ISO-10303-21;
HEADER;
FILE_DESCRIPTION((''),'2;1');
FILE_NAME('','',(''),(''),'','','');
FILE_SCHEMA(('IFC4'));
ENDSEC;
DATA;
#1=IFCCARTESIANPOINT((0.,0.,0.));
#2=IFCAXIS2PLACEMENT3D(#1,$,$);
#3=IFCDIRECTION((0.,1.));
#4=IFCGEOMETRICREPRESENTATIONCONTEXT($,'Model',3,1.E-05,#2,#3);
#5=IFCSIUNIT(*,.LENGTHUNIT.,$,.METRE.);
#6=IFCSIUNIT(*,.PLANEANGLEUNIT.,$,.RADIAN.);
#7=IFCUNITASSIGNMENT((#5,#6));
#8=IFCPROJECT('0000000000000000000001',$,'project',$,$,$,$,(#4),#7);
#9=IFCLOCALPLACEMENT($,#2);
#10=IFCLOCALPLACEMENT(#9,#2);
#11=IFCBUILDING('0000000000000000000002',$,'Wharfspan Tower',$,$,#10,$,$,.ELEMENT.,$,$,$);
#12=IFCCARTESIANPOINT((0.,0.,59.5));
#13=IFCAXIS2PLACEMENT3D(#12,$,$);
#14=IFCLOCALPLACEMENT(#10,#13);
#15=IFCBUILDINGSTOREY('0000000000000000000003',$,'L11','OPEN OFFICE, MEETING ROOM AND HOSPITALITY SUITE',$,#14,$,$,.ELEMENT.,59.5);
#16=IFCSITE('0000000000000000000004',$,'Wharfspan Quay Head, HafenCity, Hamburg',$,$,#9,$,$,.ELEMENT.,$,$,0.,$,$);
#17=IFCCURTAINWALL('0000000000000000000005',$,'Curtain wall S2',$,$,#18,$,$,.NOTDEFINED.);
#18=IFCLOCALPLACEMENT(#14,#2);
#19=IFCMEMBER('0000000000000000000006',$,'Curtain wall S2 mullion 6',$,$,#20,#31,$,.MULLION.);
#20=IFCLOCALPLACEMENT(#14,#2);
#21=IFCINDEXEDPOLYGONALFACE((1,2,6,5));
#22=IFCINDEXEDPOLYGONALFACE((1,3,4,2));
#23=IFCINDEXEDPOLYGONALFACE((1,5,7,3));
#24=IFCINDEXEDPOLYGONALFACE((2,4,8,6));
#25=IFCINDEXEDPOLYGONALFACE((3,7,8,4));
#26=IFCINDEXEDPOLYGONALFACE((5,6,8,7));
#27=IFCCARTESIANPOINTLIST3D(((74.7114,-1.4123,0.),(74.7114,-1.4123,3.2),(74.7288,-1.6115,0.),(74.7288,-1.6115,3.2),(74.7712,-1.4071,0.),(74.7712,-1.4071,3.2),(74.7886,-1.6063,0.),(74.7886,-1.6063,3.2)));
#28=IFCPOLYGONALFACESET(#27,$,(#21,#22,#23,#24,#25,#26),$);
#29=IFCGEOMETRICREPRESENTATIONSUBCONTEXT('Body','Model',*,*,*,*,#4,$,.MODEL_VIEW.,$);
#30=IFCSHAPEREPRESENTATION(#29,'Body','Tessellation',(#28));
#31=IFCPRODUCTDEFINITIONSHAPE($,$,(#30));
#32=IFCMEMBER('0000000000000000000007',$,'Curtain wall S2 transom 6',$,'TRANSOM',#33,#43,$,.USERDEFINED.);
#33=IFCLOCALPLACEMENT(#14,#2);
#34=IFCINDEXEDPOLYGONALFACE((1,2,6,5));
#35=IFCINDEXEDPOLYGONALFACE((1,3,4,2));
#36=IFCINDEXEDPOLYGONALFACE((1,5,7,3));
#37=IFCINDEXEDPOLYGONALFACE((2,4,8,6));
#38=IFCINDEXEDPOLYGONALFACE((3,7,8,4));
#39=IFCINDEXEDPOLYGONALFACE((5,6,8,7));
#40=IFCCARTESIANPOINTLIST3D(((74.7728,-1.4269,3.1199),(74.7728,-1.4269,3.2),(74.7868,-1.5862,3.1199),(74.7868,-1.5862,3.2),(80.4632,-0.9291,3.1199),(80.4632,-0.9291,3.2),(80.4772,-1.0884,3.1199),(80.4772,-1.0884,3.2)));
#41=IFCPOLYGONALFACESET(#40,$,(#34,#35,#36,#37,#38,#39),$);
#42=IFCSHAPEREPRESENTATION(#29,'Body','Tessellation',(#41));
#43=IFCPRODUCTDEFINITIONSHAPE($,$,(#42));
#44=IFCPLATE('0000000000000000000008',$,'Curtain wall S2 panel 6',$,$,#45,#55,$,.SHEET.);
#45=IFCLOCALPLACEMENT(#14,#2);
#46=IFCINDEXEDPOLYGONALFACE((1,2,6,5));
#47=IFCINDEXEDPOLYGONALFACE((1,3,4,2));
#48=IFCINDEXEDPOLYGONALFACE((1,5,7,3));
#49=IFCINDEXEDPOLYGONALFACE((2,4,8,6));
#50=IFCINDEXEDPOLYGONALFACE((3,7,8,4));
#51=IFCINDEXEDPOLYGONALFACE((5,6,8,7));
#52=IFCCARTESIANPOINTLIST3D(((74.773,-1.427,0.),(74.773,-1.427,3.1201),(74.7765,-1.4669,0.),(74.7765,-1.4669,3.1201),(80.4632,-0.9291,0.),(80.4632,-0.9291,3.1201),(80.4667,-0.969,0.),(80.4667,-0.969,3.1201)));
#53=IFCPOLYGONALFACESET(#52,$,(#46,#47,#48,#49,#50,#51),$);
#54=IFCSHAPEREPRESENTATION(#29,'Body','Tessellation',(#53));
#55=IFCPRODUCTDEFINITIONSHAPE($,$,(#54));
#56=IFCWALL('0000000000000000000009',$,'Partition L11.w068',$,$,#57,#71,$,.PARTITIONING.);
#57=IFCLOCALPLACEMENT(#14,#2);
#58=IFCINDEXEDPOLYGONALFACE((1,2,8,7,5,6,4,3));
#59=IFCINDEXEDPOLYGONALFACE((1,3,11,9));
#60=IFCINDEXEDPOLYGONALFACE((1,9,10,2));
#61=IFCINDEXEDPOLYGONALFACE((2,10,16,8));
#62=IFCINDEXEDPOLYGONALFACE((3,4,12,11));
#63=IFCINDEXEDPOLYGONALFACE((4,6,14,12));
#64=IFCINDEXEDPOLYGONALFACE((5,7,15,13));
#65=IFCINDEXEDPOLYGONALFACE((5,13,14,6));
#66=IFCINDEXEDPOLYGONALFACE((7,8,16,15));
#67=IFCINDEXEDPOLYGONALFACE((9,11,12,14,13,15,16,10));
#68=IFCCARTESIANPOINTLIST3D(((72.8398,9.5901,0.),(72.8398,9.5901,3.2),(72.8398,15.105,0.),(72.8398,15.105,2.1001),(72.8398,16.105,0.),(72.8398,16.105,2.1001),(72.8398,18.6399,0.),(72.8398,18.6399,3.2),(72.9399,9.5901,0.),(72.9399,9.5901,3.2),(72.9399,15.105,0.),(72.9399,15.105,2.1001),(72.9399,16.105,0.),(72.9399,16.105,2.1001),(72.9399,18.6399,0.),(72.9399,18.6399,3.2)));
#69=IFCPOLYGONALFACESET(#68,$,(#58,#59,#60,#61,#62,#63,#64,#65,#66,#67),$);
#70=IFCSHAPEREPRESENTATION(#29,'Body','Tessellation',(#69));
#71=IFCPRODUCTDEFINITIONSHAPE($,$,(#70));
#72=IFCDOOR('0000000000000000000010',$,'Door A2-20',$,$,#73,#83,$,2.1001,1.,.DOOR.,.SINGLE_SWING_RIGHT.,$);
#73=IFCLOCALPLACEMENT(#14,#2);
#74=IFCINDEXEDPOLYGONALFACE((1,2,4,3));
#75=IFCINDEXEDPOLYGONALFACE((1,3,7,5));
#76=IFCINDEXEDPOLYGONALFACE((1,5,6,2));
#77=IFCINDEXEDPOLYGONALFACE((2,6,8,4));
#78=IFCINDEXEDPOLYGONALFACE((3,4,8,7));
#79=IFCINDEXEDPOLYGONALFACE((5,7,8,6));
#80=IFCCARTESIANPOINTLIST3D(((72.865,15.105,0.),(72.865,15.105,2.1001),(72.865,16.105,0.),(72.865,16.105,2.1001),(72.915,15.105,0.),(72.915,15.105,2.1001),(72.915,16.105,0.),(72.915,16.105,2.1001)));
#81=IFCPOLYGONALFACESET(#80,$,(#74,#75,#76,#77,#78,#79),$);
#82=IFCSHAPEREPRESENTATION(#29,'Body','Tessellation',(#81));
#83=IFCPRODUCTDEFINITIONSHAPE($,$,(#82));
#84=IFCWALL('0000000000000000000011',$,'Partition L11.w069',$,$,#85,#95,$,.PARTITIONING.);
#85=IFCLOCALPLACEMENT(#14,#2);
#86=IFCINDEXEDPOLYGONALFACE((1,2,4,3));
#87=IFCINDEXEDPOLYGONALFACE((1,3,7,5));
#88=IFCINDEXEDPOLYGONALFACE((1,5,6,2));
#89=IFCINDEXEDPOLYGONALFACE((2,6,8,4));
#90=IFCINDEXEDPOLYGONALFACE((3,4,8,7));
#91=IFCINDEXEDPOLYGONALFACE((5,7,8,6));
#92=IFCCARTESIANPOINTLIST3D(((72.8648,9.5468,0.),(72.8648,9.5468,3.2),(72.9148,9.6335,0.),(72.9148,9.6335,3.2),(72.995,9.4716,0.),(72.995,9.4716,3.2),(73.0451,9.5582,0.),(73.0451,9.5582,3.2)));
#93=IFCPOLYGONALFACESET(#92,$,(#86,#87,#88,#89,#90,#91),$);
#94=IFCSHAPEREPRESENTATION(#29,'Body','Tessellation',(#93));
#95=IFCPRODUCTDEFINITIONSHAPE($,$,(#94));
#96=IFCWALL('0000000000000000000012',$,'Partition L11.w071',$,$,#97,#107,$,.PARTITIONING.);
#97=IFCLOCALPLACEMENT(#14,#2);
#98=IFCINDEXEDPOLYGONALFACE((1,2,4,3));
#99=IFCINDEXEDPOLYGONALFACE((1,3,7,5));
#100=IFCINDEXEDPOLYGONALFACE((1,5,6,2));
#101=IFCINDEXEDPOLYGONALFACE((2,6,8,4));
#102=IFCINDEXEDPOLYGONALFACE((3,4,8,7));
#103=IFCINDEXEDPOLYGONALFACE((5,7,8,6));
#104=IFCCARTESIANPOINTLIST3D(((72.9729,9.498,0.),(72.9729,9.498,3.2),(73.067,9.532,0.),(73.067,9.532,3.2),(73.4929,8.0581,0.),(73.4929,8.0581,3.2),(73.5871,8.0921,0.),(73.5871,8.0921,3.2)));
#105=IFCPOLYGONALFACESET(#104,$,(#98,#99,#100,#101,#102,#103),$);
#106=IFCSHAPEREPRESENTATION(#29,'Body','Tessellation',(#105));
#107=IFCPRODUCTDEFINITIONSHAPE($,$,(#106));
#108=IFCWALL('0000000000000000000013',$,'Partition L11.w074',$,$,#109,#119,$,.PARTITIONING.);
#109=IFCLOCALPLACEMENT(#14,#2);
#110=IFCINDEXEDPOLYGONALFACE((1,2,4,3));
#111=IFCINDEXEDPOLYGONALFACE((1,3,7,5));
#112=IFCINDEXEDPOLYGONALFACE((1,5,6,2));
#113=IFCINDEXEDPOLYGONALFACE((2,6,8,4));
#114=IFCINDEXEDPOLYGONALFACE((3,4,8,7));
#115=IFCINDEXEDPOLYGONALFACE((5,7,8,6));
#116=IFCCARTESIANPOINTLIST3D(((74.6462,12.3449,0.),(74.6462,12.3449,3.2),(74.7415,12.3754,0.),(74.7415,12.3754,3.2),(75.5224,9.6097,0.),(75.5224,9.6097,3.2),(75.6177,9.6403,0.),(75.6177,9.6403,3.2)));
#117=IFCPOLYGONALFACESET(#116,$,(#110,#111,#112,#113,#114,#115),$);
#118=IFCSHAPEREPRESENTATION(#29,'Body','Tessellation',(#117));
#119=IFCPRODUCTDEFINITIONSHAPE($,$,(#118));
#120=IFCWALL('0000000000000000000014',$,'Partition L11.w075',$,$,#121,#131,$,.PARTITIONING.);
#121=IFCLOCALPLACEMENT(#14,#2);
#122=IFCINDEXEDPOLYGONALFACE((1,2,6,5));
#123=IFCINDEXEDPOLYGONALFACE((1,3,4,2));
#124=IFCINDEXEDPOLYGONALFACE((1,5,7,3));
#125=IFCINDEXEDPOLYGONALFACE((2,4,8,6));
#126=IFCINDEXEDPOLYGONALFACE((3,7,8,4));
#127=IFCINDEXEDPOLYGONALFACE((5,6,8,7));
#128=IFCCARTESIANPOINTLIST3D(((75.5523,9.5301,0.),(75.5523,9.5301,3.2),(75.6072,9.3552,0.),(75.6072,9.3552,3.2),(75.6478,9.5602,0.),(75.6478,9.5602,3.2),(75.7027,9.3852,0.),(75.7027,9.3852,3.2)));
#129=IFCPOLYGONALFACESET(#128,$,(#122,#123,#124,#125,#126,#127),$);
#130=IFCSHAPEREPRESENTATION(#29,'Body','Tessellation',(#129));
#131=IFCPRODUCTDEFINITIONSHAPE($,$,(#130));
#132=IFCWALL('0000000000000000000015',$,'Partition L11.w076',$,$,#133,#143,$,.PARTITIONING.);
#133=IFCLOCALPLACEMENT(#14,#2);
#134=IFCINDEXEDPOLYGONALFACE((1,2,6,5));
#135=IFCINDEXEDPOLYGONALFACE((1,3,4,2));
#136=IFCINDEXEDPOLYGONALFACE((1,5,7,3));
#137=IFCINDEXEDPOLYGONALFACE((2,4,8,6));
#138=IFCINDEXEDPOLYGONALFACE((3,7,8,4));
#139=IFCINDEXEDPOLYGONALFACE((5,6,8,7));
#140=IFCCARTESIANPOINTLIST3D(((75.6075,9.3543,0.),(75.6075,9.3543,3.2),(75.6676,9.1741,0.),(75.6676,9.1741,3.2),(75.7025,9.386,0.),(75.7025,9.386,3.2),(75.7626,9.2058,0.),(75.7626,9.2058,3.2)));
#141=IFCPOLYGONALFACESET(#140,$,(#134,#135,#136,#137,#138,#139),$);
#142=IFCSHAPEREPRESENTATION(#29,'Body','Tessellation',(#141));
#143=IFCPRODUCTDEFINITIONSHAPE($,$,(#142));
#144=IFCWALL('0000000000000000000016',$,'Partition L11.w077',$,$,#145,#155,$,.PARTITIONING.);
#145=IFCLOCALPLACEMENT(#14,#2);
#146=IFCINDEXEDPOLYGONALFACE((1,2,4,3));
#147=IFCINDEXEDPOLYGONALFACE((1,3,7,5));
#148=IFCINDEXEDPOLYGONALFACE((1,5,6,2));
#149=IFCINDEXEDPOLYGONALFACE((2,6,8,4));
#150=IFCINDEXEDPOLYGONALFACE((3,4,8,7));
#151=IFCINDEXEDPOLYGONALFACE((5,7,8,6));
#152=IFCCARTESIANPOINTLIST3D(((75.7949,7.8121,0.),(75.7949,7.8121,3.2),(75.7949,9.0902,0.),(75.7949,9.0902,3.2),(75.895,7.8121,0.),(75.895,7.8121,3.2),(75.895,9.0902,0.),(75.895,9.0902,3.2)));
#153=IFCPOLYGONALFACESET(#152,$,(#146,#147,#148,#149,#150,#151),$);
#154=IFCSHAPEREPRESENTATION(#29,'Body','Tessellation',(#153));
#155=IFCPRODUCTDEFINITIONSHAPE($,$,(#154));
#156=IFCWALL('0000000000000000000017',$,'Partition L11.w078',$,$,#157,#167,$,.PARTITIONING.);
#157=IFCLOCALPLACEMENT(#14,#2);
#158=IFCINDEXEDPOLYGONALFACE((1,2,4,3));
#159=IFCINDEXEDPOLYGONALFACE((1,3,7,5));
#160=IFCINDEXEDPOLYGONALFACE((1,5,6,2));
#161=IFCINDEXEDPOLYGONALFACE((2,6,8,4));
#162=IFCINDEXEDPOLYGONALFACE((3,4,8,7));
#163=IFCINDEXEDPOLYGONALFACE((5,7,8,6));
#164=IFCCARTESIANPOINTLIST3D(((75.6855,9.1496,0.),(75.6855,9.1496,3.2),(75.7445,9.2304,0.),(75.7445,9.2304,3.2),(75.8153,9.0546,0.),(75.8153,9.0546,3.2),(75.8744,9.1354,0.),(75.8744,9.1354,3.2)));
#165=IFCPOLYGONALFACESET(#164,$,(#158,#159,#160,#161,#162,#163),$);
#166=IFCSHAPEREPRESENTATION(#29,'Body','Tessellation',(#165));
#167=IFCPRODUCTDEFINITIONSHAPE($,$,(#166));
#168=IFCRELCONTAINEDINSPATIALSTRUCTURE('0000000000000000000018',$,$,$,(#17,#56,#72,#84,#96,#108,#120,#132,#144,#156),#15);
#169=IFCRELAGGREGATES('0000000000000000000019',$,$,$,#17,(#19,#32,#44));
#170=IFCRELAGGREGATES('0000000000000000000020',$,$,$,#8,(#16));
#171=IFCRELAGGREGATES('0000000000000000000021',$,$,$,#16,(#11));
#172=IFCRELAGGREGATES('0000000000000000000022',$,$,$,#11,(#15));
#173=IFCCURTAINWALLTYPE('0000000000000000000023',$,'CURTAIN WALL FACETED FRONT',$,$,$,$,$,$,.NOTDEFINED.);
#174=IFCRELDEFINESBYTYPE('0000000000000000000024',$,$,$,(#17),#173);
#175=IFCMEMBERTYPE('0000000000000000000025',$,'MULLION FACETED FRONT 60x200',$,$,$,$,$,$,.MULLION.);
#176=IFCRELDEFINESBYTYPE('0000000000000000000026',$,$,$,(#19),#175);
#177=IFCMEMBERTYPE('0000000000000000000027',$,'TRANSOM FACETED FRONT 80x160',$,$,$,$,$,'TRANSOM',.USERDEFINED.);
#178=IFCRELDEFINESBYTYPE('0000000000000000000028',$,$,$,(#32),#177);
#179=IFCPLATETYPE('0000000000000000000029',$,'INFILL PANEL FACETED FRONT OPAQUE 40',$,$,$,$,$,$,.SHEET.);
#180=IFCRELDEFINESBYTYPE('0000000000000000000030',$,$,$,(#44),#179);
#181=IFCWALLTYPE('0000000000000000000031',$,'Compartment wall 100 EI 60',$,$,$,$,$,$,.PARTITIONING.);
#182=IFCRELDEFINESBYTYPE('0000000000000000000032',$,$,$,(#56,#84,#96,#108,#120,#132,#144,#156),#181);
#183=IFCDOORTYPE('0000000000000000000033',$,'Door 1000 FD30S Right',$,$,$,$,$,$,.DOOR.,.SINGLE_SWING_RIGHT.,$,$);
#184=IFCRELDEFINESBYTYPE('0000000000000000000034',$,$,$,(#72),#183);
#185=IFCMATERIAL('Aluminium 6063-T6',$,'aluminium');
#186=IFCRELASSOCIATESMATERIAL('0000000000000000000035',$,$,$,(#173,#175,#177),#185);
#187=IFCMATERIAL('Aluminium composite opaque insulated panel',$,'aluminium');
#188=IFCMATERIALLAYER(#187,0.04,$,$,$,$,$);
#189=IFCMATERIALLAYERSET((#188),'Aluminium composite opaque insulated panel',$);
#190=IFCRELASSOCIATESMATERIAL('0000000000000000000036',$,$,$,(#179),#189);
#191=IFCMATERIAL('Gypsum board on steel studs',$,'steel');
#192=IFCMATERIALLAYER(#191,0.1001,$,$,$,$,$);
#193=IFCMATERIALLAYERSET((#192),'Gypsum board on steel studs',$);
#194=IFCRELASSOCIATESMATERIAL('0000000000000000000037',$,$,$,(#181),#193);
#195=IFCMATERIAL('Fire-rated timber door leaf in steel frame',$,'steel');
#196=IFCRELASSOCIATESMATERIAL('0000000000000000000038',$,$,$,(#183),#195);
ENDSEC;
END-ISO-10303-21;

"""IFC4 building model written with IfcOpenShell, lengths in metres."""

from ifc_helpers import new_model, si_unit, direction, frame, frame_2d, origin, origin_2d, place, context, subcontext, project, spatial, rectangle, extrude, material, layer, layer_set, material_profile, profile_set, type_object, element, fill, aggregate, save


model = new_model("IFC4")

# Units and contexts
model_context = context("Model", 3, precision=1e-05, world=origin(), true_north=direction((0.0, 1.0)))
body_context = subcontext(model_context, "Body", "Model", "MODEL_VIEW")
ifc_project = project(units=[si_unit("LENGTHUNIT", "METRE"), si_unit("PLANEANGLEUNIT", "RADIAN")], contexts=[model_context])

# Site, building, storey
site_placement = place(None, origin())
site = spatial("IfcSite", under=ifc_project, at=site_placement, Name="Wharfspan Quay Head, HafenCity, Hamburg", CompositionType="ELEMENT", RefElevation=0.0)
building_placement = place(site_placement, origin())
building = spatial("IfcBuilding", under=site, at=building_placement, Name="Wharfspan Tower", CompositionType="ELEMENT")
storey_placement = place(building_placement, frame((0.0, 0.0, 59.5)))
storey = spatial("IfcBuildingStorey", under=building, at=storey_placement, Name="L11", Description="OPEN OFFICE, MEETING ROOM AND HOSPITALITY SUITE", CompositionType="ELEMENT", Elevation=59.5)

# Curtain wall, members, plate
ifc_material_1 = material(Name="Aluminium 6063-T6", Category="aluminium")
curtain_wall_type = type_object("IfcCurtainWallType", Name="CURTAIN WALL FACETED FRONT", PredefinedType="NOTDEFINED", material=ifc_material_1)
curtain_wall_placement = place(storey_placement, origin())
curtain_wall = element("IfcCurtainWall", 1, at=curtain_wall_placement, inside=storey, type_object=curtain_wall_type, Name="Curtain wall S2", PredefinedType="NOTDEFINED")
ifc_material_profile_1 = material_profile(ifc_material_1, rectangle(XDim=0.2, YDim=0.0601, at=origin_2d()))
ifc_profile_set_1 = profile_set([ifc_material_profile_1], Name="Aluminium 6063-T6")
member_type_1 = type_object("IfcMemberType", Name="MULLION FACETED FRONT 60x200", PredefinedType="MULLION", material=ifc_profile_set_1)
member_1_placement = place(storey_placement, frame((74.75, -1.5093, 0.0), z_axis=(0.0, 0.0, 1.0), x_axis=(-0.087156, 0.996197, 0.0)))
member_1 = element("IfcMember", 2, at=member_1_placement, type_object=member_type_1, Name="Curtain wall S2 mullion 6", PredefinedType="MULLION", context=body_context, shape_type="SweptSolid", body=[
    extrude(rectangle(XDim=0.2, YDim=0.0601, at=origin_2d()), origin(), (0.0, 0.0, 1.0), 3.2),
])
ifc_material_profile_2 = material_profile(ifc_material_1, rectangle(XDim=0.1599, YDim=0.0801, at=origin_2d()))
ifc_profile_set_2 = profile_set([ifc_material_profile_2], Name="Aluminium 6063-T6")
member_type_2 = type_object("IfcMemberType", Name="TRANSOM FACETED FRONT 80x160", ElementType="TRANSOM", PredefinedType="USERDEFINED", material=ifc_profile_set_2)
member_2_placement = place(storey_placement, frame((74.7798, -1.5066, 3.1599), z_axis=(0.996195, 0.087148, 0.0), x_axis=(-0.087148, 0.996195, 0.0)))
member_2 = element("IfcMember", 3, at=member_2_placement, type_object=member_type_2, Name="Curtain wall S2 transom 6", ObjectType="TRANSOM", PredefinedType="USERDEFINED", context=body_context, shape_type="SweptSolid", body=[
    extrude(rectangle(XDim=0.1599, YDim=0.0801, at=origin_2d()), origin(), (0.0, 0.0, 1.0), 5.7122),
])
ifc_material_2 = material(Name="Aluminium composite opaque insulated panel", Category="aluminium")
ifc_layer_1 = layer(ifc_material_2, 0.04)
ifc_layer_set_1 = layer_set([ifc_layer_1], Name="Aluminium composite opaque insulated panel")
plate_type = type_object("IfcPlateType", Name="INFILL PANEL FACETED FRONT OPAQUE 40", PredefinedType="SHEET", material=ifc_layer_set_1)
plate_placement = place(storey_placement, frame((77.6199, -1.198, 0.0), z_axis=(0.0, 0.0, 1.0), x_axis=(0.996197, 0.087156, 0.0)))
plate = element("IfcPlate", 4, at=plate_placement, type_object=plate_type, Name="Curtain wall S2 panel 6", PredefinedType="SHEET", context=body_context, shape_type="SweptSolid", body=[
    extrude(rectangle(XDim=5.7119, YDim=0.04, at=origin_2d()), origin(), (0.0, 0.0, 1.0), 3.1201),
])
aggregate(curtain_wall, [member_1, member_2, plate])

# Wall, opening, door
ifc_material_3 = material(Name="Gypsum board on steel studs", Category="steel")
ifc_layer_2 = layer(ifc_material_3, 0.1001)
ifc_layer_set_2 = layer_set([ifc_layer_2], Name="Gypsum board on steel studs")
wall_type_1 = type_object("IfcWallType", Name="Compartment wall 100 EI 60", PredefinedType="PARTITIONING", material=ifc_layer_set_2)
wall_1_placement = place(storey_placement, frame((72.8899, 9.5901, 0.0), z_axis=(0.0, 0.0, 1.0), x_axis=(0.0, 1.0, 0.0)))
wall_1 = element("IfcWall", 5, at=wall_1_placement, inside=storey, type_object=wall_type_1, Name="Partition L11.w068", PredefinedType="PARTITIONING", context=body_context, shape_type="SweptSolid", body=[
    extrude(rectangle(XDim=9.0498, YDim=0.1001, at=frame_2d((4.5249, 0.0))), origin(), (0.0, 0.0, 1.0), 3.2),
])
opening_1_placement = place(wall_1_placement, frame((5.5149, 0.0, 0.0)))
opening_1 = element("IfcOpeningElement", 6, at=opening_1_placement, cuts=wall_1, PredefinedType="OPENING", context=body_context, shape_type="SweptSolid", body=[
    extrude(rectangle(XDim=1.0, YDim=2.1001, at=frame_2d((0.5, 1.05))), frame((0.0, 0.0601, 0.0), z_axis=(0.0, -1.0, 0.0), x_axis=(1.0, 0.0, 0.0)), (0.0, 0.0, 1.0), 0.1201),
])
ifc_material_4 = material(Name="Fire-rated timber door leaf in steel frame", Category="steel")
door_type_1 = type_object("IfcDoorType", Name="Door 1000 FD30S Right", OperationType="SINGLE_SWING_RIGHT", PredefinedType="DOOR", material=ifc_material_4)
door_1_placement = place(opening_1_placement, origin())
door_1 = element("IfcDoor", 7, at=door_1_placement, inside=storey, type_object=door_type_1, Name="Door A2-20", OperationType="SINGLE_SWING_RIGHT", OverallHeight=2.1001, OverallWidth=1.0, PredefinedType="DOOR", context=body_context, shape_type="SweptSolid", body=[
    extrude(rectangle(XDim=1.0, YDim=2.1001, at=frame_2d((0.5, 1.05))), frame((0.0, 0.0249, 0.0), z_axis=(0.0, -1.0, 0.0), x_axis=(1.0, 0.0, 0.0)), (0.0, 0.0, 1.0), 0.05),
])
fill(opening_1, door_1)

# Walls
wall_2_placement = place(storey_placement, frame((73.02, 9.5149, 0.0), z_axis=(0.0, 0.0, 1.0), x_axis=(-0.865836, 0.500333, 0.0)))
element("IfcWall", 8, at=wall_2_placement, inside=storey, type_object=wall_type_1, Name="Partition L11.w069", PredefinedType="PARTITIONING", context=body_context, shape_type="SweptSolid", body=[
    extrude(rectangle(XDim=0.1504, YDim=0.1001, at=frame_2d((0.0752, 0.0))), origin(), (0.0, 0.0, 1.0), 3.2),
])
wall_3_placement = place(storey_placement, frame((73.54, 8.075, 0.0), z_axis=(0.0, 0.0, 1.0), x_axis=(-0.339669, 0.940548, 0.0)))
element("IfcWall", 9, at=wall_3_placement, inside=storey, type_object=wall_type_1, Name="Partition L11.w071", PredefinedType="PARTITIONING", context=body_context, shape_type="SweptSolid", body=[
    extrude(rectangle(XDim=1.531, YDim=0.1001, at=frame_2d((0.7656, 0.0))), origin(), (0.0, 0.0, 1.0), 3.2),
])
wall_4_placement = place(storey_placement, frame((75.5701, 9.625, 0.0), z_axis=(0.0, 0.0, 1.0), x_axis=(-0.305088, 0.952327, 0.0)))
element("IfcWall", 10, at=wall_4_placement, inside=storey, type_object=wall_type_1, Name="Partition L11.w074", PredefinedType="PARTITIONING", context=body_context, shape_type="SweptSolid", body=[
    extrude(rectangle(XDim=2.8721, YDim=0.1001, at=frame_2d((1.436, 0.0))), origin(), (0.0, 0.0, 1.0), 3.2),
])
wall_5_placement = place(storey_placement, frame((75.655, 9.3701, 0.0), z_axis=(0.0, 0.0, 1.0), x_axis=(-0.299793, 0.954008, 0.0)))
element("IfcWall", 11, at=wall_5_placement, inside=storey, type_object=wall_type_1, Name="Partition L11.w075", PredefinedType="PARTITIONING", context=body_context, shape_type="SweptSolid", body=[
    extrude(rectangle(XDim=0.1834, YDim=0.1001, at=frame_2d((0.0918, 0.0))), origin(), (0.0, 0.0, 1.0), 3.2),
])
wall_6_placement = place(storey_placement, frame((75.7151, 9.1899, 0.0), z_axis=(0.0, 0.0, 1.0), x_axis=(-0.316228, 0.948684, 0.0)))
element("IfcWall", 12, at=wall_6_placement, inside=storey, type_object=wall_type_1, Name="Partition L11.w076", PredefinedType="PARTITIONING", context=body_context, shape_type="SweptSolid", body=[
    extrude(rectangle(XDim=0.1899, YDim=0.1001, at=frame_2d((0.095, 0.0))), origin(), (0.0, 0.0, 1.0), 3.2),
])
wall_7_placement = place(storey_placement, frame((75.845, 7.812, 0.0), z_axis=(0.0, 0.0, 1.0), x_axis=(0.0, 1.0, 0.0)))
element("IfcWall", 13, at=wall_7_placement, inside=storey, type_object=wall_type_1, Name="Partition L11.w077", PredefinedType="PARTITIONING", context=body_context, shape_type="SweptSolid", body=[
    extrude(rectangle(XDim=1.2781, YDim=0.1001, at=frame_2d((0.6392, 0.0))), origin(), (0.0, 0.0, 1.0), 3.2),
])
wall_8_placement = place(storey_placement, frame((75.845, 9.095, 0.0), z_axis=(0.0, 0.0, 1.0), x_axis=(-0.807226, 0.590246, 0.0)))
element("IfcWall", 14, at=wall_8_placement, inside=storey, type_object=wall_type_1, Name="Partition L11.w078", PredefinedType="PARTITIONING", context=body_context, shape_type="SweptSolid", body=[
    extrude(rectangle(XDim=0.1609, YDim=0.1001, at=frame_2d((0.0806, 0.0))), origin(), (0.0, 0.0, 1.0), 3.2),
])

save(model, "model.ifc")
